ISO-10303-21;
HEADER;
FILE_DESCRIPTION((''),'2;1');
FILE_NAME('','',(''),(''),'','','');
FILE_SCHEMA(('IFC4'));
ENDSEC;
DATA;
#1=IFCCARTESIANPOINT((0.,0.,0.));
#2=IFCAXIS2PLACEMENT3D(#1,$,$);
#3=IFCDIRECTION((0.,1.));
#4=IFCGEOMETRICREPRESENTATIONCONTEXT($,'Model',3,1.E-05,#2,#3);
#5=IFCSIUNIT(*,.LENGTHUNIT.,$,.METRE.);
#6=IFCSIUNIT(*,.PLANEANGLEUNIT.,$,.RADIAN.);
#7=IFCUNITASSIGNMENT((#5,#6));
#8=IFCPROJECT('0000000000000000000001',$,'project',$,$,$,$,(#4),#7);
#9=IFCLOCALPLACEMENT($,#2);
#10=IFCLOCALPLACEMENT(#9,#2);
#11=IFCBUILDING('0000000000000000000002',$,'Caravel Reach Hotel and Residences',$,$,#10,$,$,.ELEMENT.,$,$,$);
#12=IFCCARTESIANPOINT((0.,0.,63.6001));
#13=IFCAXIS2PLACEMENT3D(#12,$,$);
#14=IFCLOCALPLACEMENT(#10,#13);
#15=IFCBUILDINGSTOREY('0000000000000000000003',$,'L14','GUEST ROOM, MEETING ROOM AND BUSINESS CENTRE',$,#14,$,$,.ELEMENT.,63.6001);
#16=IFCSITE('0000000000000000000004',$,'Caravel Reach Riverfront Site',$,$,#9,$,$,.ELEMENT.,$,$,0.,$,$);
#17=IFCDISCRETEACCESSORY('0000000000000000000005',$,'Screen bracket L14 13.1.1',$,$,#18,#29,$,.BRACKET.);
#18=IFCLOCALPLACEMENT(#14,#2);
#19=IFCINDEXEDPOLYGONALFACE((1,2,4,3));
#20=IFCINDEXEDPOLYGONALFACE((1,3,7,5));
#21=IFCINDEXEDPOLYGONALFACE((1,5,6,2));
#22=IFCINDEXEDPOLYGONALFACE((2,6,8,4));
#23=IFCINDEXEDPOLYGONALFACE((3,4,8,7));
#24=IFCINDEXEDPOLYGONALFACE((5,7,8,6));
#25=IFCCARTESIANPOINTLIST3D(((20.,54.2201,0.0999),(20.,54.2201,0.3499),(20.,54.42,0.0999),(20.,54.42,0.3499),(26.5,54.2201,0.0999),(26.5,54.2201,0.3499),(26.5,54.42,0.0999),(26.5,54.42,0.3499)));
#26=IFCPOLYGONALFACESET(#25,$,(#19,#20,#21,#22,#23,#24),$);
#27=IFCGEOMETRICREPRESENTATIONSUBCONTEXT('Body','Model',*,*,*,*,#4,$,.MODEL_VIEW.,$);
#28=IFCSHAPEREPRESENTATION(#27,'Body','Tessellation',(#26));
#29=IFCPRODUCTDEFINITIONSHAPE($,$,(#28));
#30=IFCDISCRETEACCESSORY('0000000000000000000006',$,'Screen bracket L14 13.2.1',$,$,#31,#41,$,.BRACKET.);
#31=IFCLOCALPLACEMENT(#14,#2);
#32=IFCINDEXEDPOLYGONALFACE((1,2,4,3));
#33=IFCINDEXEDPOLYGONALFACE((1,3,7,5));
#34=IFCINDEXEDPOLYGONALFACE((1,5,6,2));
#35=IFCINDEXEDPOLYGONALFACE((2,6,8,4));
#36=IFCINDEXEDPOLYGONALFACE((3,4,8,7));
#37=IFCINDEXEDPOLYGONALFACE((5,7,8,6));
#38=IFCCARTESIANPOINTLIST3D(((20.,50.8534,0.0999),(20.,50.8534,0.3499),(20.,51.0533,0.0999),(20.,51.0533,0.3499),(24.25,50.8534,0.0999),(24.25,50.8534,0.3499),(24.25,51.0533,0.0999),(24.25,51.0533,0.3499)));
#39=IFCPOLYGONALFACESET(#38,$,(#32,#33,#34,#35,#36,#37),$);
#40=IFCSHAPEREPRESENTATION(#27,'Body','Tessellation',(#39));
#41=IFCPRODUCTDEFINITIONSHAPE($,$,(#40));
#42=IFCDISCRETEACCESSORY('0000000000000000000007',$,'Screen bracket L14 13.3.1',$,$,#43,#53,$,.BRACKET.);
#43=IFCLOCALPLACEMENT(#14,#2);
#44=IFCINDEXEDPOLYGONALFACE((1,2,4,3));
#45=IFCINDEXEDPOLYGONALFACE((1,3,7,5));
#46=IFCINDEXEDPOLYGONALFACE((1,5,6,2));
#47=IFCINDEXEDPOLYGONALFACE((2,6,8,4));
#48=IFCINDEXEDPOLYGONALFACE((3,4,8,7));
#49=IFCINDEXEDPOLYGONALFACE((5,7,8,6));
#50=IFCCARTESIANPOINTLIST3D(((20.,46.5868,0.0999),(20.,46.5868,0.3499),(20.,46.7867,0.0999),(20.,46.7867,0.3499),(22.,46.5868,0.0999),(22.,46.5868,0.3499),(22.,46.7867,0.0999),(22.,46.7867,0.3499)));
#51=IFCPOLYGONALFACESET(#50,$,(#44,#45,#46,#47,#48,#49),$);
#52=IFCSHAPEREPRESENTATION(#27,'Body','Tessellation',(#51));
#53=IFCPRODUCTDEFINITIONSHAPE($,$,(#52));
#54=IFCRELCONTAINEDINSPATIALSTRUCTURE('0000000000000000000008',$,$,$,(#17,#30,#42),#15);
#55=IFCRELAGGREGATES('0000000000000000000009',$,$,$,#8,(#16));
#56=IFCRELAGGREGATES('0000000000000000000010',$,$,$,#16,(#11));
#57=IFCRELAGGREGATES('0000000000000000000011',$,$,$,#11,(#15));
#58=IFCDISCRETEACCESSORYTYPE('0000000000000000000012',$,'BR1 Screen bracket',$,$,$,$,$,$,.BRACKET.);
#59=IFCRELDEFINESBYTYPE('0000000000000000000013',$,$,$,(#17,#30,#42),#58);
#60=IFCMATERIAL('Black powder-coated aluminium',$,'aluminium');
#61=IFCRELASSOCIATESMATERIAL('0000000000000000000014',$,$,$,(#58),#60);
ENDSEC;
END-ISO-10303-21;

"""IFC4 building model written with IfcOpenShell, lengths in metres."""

from ifc_helpers import new_model, si_unit, direction, frame, origin, origin_2d, place, context, subcontext, project, spatial, rectangle, extrude, material, type_object, element, save


model = new_model("IFC4")

# Units and contexts
model_context = context("Model", 3, precision=1e-05, world=origin(), true_north=direction((0.0, 1.0)))
body_context = subcontext(model_context, "Body", "Model", "MODEL_VIEW")
ifc_project = project(units=[si_unit("LENGTHUNIT", "METRE"), si_unit("PLANEANGLEUNIT", "RADIAN")], contexts=[model_context])

# Site, building, storey
site_placement = place(None, origin())
site = spatial("IfcSite", under=ifc_project, at=site_placement, Name="Caravel Reach Riverfront Site", CompositionType="ELEMENT", RefElevation=0.0)
building_placement = place(site_placement, origin())
building = spatial("IfcBuilding", under=site, at=building_placement, Name="Caravel Reach Hotel and Residences", CompositionType="ELEMENT")
storey_placement = place(building_placement, frame((0.0, 0.0, 63.6001)))
storey = spatial("IfcBuildingStorey", under=building, at=storey_placement, Name="L14", Description="GUEST ROOM, MEETING ROOM AND BUSINESS CENTRE", CompositionType="ELEMENT", Elevation=63.6001)

# Discrete accessories
ifc_material_1 = material(Name="Black powder-coated aluminium", Category="aluminium")
discrete_accessory_type = type_object("IfcDiscreteAccessoryType", Name="BR1 Screen bracket", PredefinedType="BRACKET", material=ifc_material_1)
for number, where, z_axis, x_axis, name in (
    (1, (23.25, 54.3201, 0.0999), (0.0, 0.0, 1.0), (-1.0, 0.0, 0.0), "Screen bracket L14 13.1.1"),
):
    element("IfcDiscreteAccessory", number, at=place(storey_placement, frame(where, z_axis=z_axis, x_axis=x_axis)), inside=storey, type_object=discrete_accessory_type, Name=name, PredefinedType="BRACKET", context=body_context, shape_type="SweptSolid", body=[
        extrude(rectangle(XDim=6.5, YDim=0.2, at=origin_2d()), origin(), (0.0, 0.0, 1.0), 0.25),
    ])
discrete_accessory_1_placement = place(storey_placement, frame((22.125, 50.9534, 0.0999), z_axis=(0.0, 0.0, 1.0), x_axis=(-1.0, 0.0, 0.0)))
element("IfcDiscreteAccessory", 2, at=discrete_accessory_1_placement, inside=storey, type_object=discrete_accessory_type, Name="Screen bracket L14 13.2.1", PredefinedType="BRACKET", context=body_context, shape_type="SweptSolid", body=[
    extrude(rectangle(XDim=4.25, YDim=0.2, at=origin_2d()), origin(), (0.0, 0.0, 1.0), 0.25),
])
discrete_accessory_2_placement = place(storey_placement, frame((21.0, 46.6868, 0.0999), z_axis=(0.0, 0.0, 1.0), x_axis=(-1.0, 0.0, 0.0)))
element("IfcDiscreteAccessory", 3, at=discrete_accessory_2_placement, inside=storey, type_object=discrete_accessory_type, Name="Screen bracket L14 13.3.1", PredefinedType="BRACKET", context=body_context, shape_type="SweptSolid", body=[
    extrude(rectangle(XDim=2.0, YDim=0.2, at=origin_2d()), origin(), (0.0, 0.0, 1.0), 0.25),
])

save(model, "model.ifc")
